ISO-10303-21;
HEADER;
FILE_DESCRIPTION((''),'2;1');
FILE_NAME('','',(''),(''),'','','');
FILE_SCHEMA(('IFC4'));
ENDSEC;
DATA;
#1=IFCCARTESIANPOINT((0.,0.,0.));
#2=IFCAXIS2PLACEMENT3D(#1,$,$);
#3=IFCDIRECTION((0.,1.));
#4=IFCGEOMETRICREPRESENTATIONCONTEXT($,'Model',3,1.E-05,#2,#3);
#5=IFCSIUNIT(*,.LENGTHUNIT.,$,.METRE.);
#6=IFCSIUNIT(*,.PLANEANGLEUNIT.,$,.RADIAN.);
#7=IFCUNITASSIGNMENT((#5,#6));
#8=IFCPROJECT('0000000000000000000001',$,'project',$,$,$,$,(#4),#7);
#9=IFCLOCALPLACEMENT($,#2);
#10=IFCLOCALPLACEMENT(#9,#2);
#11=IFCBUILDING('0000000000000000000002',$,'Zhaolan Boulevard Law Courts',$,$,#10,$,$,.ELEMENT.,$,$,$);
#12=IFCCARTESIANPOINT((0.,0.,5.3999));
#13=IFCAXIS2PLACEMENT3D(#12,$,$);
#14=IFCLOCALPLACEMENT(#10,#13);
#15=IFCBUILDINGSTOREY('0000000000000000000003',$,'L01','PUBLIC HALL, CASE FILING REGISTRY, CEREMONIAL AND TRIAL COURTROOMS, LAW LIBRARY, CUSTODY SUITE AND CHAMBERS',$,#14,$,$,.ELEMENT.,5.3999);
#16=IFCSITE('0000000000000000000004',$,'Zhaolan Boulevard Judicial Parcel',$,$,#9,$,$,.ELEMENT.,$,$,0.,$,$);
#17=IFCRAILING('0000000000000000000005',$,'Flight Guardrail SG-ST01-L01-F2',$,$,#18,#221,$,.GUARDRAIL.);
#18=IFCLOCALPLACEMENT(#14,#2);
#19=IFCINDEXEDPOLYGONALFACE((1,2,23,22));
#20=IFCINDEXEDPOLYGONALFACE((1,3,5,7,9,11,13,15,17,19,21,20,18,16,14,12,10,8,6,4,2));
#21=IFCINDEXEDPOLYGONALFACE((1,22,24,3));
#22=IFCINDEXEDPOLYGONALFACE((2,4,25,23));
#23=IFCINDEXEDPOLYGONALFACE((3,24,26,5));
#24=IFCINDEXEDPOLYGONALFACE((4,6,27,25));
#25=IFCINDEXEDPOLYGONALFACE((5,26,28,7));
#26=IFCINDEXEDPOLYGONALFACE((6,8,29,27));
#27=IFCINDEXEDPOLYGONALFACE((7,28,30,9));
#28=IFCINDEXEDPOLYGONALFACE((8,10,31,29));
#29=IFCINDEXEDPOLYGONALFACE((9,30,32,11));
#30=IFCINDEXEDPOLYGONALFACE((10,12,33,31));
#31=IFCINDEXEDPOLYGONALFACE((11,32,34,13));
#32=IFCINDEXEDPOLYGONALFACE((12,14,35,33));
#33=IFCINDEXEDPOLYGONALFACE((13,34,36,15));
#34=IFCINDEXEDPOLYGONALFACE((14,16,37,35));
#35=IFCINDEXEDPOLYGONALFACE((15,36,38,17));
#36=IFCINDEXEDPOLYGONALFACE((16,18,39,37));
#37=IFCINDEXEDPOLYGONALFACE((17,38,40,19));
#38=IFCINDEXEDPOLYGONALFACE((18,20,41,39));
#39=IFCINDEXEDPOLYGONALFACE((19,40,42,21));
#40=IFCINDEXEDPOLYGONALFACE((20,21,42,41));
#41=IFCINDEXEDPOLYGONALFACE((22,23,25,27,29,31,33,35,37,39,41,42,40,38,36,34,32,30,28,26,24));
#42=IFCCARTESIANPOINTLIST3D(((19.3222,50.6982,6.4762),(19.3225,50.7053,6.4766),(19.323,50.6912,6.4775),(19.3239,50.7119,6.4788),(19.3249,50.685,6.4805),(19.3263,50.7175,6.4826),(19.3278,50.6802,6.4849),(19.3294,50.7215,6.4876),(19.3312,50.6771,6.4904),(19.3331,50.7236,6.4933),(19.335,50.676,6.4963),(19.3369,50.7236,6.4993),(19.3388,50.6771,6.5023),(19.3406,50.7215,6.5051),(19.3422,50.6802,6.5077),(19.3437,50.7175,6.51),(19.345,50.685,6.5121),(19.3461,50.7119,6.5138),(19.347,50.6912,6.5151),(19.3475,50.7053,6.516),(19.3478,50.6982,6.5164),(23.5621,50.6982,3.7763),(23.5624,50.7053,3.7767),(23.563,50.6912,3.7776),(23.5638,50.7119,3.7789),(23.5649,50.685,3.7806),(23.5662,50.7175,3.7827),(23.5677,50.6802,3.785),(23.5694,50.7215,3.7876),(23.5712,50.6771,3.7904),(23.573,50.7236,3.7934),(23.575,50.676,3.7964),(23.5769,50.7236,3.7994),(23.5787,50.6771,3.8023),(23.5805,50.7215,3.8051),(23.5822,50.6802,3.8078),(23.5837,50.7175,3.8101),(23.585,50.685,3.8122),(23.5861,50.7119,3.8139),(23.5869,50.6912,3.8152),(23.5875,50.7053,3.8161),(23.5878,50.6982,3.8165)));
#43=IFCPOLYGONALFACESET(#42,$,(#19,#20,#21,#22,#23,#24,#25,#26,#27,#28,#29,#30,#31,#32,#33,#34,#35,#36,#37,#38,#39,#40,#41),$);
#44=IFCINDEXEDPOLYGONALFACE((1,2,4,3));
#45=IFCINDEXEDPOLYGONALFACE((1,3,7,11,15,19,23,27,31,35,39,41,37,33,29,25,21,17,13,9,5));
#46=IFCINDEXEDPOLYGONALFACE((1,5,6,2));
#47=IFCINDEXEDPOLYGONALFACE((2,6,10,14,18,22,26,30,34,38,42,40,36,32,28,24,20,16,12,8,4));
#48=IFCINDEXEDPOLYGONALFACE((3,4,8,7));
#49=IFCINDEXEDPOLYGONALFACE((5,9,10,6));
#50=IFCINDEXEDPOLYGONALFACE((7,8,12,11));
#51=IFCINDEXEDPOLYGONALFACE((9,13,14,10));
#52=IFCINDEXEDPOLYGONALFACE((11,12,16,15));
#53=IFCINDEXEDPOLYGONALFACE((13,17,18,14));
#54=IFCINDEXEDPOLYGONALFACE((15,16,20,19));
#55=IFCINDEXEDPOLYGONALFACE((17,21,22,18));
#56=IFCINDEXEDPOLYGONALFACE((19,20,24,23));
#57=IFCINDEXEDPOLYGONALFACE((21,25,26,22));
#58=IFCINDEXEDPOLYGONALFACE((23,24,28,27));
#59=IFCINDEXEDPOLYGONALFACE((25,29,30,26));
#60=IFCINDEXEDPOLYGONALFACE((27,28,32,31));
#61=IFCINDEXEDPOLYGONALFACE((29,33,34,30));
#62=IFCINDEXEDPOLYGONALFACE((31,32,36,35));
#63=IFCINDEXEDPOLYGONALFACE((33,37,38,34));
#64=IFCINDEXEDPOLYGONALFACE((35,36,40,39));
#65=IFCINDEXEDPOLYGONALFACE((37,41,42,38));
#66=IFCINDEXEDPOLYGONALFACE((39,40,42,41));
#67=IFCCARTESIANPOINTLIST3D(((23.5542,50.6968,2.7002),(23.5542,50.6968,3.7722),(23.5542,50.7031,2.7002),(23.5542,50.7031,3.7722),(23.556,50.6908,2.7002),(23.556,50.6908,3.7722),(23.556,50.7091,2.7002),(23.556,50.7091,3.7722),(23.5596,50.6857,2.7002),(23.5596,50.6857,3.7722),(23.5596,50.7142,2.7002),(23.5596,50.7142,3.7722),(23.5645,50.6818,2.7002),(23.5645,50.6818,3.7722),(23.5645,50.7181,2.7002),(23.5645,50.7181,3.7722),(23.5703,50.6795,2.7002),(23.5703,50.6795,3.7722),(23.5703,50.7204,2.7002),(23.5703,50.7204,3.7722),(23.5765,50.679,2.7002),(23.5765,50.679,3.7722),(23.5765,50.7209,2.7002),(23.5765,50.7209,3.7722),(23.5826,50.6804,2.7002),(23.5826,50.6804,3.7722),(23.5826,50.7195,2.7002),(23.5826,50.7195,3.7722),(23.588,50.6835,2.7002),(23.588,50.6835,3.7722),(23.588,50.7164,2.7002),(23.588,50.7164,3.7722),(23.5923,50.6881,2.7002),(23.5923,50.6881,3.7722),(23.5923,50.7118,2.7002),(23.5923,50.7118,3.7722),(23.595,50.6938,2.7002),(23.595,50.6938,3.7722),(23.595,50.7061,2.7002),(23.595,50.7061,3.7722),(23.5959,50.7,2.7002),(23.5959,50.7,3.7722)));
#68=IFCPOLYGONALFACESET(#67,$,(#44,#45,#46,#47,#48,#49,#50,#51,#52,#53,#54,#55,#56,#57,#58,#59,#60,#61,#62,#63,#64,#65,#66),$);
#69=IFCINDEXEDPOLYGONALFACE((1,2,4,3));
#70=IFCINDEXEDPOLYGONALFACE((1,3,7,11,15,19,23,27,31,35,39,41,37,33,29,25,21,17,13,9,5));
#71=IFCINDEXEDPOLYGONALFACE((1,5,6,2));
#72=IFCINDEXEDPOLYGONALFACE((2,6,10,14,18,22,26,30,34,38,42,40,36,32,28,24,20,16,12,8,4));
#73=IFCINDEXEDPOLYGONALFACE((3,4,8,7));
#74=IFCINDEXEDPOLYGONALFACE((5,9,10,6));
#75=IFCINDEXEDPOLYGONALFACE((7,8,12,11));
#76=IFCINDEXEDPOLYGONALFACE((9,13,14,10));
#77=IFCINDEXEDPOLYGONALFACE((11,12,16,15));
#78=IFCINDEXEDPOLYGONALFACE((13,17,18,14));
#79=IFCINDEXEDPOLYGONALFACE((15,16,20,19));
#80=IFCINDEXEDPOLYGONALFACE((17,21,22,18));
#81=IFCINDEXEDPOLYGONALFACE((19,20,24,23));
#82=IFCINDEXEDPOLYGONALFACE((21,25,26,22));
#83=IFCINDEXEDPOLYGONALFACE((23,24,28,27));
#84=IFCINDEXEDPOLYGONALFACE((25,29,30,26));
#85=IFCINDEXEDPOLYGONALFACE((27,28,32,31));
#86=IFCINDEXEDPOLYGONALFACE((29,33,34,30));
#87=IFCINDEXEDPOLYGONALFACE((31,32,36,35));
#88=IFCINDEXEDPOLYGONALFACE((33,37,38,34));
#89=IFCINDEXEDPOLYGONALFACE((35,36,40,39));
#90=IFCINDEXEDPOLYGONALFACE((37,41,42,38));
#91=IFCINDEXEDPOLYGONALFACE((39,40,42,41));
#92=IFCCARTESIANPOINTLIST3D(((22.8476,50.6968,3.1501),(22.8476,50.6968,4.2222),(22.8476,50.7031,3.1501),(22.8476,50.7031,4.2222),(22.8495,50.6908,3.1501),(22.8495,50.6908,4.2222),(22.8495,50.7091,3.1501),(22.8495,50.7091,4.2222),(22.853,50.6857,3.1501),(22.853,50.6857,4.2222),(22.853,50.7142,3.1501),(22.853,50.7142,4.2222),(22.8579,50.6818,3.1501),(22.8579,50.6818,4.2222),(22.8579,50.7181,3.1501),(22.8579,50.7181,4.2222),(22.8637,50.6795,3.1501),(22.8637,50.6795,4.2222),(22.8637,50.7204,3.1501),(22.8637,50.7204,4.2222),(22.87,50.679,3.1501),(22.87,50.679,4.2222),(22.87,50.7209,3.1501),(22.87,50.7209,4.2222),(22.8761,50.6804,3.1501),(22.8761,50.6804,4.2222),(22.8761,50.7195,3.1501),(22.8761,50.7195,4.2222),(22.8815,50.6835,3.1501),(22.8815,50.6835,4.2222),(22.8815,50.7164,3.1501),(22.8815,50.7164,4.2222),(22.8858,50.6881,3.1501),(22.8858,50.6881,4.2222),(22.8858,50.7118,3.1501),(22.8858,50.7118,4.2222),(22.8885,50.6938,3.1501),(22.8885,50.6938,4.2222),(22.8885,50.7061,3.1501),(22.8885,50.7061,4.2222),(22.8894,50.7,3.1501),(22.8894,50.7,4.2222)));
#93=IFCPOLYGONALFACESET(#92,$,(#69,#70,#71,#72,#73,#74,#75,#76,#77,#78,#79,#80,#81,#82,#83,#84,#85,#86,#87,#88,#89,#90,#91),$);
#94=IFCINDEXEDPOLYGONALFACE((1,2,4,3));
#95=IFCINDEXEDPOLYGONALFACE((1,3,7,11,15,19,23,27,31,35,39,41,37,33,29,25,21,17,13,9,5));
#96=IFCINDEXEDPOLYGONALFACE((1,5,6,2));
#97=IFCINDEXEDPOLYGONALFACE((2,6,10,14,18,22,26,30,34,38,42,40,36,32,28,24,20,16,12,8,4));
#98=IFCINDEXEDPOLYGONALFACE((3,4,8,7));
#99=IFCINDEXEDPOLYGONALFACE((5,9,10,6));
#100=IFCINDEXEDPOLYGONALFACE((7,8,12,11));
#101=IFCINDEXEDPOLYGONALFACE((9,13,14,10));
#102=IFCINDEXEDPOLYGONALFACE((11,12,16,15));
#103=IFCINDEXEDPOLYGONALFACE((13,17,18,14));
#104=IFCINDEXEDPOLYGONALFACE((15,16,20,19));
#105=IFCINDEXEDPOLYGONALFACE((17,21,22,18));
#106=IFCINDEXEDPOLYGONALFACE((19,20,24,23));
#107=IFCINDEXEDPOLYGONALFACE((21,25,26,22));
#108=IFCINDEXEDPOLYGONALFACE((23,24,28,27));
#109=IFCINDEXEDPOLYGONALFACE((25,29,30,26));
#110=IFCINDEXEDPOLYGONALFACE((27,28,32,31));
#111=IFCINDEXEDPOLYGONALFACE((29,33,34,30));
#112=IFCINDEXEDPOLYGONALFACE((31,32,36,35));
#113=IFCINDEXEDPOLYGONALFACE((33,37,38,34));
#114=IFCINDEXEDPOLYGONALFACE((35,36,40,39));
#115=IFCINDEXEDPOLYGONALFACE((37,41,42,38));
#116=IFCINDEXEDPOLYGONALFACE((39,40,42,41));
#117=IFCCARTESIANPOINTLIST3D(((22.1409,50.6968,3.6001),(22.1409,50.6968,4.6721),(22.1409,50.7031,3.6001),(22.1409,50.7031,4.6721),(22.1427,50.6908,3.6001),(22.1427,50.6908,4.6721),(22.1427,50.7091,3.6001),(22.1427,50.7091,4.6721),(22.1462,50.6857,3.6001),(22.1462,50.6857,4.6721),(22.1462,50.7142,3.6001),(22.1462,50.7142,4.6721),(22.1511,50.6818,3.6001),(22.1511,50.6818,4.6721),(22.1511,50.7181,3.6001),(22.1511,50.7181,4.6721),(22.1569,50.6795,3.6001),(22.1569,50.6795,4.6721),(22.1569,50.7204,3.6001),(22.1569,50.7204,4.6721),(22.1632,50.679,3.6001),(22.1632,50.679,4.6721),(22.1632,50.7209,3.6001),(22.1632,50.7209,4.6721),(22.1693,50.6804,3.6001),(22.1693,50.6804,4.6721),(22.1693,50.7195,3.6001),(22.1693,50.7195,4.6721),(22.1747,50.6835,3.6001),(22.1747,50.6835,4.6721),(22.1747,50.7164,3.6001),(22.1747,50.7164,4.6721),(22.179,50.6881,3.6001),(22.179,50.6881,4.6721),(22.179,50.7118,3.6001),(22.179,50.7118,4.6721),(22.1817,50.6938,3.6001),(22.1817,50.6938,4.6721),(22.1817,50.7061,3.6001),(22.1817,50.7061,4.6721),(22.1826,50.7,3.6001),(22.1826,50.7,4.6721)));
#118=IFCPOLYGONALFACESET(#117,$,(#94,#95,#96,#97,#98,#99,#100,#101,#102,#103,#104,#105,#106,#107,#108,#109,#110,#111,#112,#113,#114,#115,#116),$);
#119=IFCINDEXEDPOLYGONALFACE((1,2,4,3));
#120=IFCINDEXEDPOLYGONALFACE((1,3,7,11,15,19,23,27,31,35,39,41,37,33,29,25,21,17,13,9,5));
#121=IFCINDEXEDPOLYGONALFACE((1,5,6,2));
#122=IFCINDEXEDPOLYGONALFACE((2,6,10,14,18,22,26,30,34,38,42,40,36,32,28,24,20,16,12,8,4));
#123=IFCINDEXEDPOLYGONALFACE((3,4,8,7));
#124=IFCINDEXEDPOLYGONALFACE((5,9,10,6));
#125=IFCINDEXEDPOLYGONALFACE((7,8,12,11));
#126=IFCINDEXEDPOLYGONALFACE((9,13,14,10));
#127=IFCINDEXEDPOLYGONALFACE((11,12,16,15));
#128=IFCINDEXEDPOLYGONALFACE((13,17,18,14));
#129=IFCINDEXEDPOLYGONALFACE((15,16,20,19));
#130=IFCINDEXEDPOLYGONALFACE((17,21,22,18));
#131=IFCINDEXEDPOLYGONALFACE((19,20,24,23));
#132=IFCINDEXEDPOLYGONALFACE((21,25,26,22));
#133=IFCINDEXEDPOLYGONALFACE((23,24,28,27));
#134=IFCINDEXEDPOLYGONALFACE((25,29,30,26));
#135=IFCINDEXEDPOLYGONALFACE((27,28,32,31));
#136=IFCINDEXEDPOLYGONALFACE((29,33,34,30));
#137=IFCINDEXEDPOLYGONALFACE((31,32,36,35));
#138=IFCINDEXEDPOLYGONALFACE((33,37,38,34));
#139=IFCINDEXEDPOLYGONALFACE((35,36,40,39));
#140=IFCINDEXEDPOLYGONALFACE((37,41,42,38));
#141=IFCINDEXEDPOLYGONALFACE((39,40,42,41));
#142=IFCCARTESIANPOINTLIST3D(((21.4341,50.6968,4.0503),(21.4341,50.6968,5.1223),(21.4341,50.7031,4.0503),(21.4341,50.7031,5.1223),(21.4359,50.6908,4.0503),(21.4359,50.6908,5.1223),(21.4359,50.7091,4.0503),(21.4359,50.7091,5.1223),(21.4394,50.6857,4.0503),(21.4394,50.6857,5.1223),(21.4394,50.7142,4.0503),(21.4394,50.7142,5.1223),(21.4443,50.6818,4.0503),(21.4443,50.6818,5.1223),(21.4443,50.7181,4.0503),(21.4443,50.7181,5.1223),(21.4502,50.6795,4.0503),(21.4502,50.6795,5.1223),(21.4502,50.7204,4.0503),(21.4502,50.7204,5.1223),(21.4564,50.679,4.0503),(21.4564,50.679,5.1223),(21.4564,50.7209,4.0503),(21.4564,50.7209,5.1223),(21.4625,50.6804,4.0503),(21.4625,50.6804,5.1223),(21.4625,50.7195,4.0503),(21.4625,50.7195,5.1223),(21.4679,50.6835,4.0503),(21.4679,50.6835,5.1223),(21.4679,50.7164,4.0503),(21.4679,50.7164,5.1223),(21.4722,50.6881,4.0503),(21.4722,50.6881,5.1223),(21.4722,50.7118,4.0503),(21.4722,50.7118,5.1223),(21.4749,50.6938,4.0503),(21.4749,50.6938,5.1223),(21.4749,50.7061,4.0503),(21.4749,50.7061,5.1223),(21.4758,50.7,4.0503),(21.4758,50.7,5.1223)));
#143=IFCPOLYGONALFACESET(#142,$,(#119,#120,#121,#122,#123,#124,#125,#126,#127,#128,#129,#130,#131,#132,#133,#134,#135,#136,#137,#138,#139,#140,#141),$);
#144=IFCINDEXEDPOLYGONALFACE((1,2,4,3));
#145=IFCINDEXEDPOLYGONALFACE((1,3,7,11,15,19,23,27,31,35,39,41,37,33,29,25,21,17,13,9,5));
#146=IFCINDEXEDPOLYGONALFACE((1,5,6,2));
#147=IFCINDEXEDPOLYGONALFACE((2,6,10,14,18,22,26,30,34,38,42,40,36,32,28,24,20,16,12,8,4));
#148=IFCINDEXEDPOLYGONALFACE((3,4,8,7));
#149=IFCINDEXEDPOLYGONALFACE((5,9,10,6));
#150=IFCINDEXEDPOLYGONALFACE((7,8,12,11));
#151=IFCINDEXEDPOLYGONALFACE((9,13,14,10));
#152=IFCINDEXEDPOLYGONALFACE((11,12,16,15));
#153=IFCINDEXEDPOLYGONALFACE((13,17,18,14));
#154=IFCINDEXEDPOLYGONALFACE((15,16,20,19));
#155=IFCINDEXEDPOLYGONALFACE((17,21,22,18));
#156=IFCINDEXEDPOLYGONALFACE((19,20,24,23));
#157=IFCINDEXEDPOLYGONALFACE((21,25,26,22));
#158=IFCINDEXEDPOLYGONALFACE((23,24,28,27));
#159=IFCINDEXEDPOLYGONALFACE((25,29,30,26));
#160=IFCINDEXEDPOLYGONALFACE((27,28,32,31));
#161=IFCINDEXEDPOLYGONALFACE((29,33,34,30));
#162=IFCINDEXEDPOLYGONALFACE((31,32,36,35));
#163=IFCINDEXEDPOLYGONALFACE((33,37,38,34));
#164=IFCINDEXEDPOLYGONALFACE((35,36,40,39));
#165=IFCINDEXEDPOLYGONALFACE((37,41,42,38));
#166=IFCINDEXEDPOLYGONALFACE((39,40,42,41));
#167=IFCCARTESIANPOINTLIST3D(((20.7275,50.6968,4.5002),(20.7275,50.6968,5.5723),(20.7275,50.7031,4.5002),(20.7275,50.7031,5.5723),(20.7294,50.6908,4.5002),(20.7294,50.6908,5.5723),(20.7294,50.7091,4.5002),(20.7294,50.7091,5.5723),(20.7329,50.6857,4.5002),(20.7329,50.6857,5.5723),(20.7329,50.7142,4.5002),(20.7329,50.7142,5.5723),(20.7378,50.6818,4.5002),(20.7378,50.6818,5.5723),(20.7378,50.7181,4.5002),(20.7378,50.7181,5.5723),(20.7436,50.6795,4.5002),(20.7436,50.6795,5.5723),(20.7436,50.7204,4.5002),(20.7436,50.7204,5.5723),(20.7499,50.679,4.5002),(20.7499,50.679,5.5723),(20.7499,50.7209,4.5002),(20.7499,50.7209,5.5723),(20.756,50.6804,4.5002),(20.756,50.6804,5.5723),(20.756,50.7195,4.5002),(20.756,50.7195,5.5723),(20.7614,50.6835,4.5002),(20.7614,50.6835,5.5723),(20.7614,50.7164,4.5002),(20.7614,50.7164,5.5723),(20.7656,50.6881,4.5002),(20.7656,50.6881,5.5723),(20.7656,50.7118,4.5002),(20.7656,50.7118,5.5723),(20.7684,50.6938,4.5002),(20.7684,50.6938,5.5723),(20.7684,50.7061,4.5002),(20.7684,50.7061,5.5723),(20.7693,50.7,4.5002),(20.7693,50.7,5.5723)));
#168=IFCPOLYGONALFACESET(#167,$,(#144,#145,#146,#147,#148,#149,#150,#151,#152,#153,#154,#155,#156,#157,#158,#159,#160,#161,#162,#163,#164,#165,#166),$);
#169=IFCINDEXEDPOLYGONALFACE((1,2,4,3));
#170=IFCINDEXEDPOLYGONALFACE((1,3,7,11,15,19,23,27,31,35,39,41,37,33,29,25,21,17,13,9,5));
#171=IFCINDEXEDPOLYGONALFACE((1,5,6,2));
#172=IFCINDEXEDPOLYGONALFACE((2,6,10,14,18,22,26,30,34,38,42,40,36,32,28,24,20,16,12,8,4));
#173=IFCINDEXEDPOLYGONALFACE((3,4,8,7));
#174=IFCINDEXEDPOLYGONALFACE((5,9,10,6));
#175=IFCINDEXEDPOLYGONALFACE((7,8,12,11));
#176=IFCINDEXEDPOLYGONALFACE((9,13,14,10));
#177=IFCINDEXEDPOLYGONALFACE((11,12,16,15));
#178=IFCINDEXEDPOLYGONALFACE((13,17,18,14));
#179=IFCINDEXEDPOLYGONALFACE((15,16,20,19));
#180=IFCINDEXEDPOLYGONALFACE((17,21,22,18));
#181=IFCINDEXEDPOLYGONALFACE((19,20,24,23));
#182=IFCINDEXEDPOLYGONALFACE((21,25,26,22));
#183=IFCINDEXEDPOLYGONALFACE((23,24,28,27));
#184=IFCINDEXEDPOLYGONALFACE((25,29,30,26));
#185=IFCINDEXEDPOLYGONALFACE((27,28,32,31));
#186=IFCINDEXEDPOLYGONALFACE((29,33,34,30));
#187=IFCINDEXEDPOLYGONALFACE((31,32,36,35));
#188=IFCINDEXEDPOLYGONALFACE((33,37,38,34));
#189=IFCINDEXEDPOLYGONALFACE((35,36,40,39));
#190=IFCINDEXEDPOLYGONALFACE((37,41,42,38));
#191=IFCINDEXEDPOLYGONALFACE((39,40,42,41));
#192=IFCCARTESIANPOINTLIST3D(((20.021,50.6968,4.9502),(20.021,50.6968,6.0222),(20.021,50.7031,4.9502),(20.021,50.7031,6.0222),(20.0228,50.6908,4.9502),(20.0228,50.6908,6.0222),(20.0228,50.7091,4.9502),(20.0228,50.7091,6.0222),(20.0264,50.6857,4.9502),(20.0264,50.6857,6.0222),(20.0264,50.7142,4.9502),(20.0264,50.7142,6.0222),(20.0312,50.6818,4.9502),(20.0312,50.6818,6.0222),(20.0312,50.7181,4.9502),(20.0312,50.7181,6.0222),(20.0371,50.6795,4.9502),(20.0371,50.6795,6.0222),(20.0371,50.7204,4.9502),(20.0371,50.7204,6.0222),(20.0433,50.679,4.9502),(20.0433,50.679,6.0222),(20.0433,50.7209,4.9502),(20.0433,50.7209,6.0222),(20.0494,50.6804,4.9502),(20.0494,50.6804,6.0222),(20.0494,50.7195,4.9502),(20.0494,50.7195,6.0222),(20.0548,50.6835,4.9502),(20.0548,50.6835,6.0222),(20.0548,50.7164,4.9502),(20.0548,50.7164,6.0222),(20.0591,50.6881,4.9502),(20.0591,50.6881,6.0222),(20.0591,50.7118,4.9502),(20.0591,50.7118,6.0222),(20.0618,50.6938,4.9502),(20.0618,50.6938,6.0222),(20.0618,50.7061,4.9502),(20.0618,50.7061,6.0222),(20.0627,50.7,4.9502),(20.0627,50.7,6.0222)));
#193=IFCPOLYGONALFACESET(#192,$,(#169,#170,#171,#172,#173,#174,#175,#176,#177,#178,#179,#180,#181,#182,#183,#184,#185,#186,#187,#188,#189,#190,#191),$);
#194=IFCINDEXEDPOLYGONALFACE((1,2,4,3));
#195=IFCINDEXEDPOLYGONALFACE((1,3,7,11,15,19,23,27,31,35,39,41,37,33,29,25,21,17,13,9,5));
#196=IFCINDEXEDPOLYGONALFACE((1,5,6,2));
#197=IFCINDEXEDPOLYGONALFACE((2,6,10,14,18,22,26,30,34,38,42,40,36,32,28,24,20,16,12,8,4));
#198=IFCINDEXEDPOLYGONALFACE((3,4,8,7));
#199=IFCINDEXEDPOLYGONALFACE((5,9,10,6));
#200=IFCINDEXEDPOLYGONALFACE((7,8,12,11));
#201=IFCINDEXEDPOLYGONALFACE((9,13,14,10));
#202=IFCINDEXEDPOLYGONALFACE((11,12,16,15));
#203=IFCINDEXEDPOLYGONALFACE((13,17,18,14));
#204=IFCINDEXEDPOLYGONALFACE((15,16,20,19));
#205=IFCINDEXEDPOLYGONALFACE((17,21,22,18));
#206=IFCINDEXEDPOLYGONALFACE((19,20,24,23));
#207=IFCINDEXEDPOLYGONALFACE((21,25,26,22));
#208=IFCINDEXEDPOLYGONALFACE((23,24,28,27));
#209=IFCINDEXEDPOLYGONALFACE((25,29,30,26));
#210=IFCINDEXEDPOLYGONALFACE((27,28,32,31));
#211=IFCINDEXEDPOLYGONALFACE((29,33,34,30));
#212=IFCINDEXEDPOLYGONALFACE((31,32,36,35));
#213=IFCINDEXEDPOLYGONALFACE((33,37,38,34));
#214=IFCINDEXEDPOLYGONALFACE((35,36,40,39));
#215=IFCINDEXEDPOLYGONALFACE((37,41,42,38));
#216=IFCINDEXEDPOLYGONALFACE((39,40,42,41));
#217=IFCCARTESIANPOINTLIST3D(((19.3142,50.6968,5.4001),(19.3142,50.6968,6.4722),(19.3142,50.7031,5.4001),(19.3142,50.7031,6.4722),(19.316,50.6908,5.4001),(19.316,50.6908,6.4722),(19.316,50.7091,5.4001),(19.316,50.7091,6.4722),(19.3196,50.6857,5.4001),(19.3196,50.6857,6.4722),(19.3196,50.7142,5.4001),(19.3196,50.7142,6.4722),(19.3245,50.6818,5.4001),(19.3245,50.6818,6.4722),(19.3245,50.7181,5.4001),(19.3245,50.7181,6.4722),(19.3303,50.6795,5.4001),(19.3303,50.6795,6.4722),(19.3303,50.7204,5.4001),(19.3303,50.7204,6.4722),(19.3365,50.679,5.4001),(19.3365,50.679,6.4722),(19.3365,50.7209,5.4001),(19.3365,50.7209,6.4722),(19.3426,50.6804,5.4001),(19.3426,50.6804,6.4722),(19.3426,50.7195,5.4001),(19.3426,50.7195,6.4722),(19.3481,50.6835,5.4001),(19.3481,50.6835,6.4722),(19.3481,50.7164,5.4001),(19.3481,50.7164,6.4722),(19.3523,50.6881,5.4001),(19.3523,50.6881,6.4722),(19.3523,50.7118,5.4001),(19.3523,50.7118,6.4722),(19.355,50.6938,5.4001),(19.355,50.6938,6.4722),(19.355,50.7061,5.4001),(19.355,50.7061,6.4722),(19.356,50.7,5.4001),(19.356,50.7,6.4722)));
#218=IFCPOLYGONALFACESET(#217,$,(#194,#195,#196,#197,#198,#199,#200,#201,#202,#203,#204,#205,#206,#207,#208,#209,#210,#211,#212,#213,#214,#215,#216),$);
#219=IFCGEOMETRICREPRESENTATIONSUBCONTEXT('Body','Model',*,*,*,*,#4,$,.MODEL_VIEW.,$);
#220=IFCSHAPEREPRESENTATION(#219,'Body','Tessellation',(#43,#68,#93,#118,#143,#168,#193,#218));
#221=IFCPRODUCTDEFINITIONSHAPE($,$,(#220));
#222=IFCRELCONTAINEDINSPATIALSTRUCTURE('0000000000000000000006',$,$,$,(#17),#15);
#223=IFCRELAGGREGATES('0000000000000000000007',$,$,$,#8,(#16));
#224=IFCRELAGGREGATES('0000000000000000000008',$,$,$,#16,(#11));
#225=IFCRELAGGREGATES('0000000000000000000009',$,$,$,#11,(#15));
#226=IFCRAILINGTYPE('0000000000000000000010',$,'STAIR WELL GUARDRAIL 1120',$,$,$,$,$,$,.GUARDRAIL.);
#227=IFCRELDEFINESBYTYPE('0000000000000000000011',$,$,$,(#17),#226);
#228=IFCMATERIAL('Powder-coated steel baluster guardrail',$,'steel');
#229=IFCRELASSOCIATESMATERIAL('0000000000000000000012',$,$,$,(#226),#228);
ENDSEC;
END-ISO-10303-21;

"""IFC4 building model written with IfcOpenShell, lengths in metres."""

from ifc_helpers import new_model, si_unit, direction, frame, origin, origin_2d, place, context, subcontext, project, spatial, circle, extrude, material, type_object, element, save


model = new_model("IFC4")

# Units and contexts
model_context = context("Model", 3, precision=1e-05, world=origin(), true_north=direction((0.0, 1.0)))
body_context = subcontext(model_context, "Body", "Model", "MODEL_VIEW")
ifc_project = project(units=[si_unit("LENGTHUNIT", "METRE"), si_unit("PLANEANGLEUNIT", "RADIAN")], contexts=[model_context])

# Site, building, storey
site_placement = place(None, origin())
site = spatial("IfcSite", under=ifc_project, at=site_placement, Name="Zhaolan Boulevard Judicial Parcel", CompositionType="ELEMENT", RefElevation=0.0)
building_placement = place(site_placement, origin())
building = spatial("IfcBuilding", under=site, at=building_placement, Name="Zhaolan Boulevard Law Courts", CompositionType="ELEMENT")
storey_placement = place(building_placement, frame((0.0, 0.0, 5.3999)))
storey = spatial("IfcBuildingStorey", under=building, at=storey_placement, Name="L01", Description="PUBLIC HALL, CASE FILING REGISTRY, CEREMONIAL AND TRIAL COURTROOMS, LAW LIBRARY, CUSTODY SUITE AND CHAMBERS", CompositionType="ELEMENT", Elevation=5.3999)

# Railing
ifc_material_1 = material(Name="Powder-coated steel baluster guardrail", Category="steel")
railing_type_1 = type_object("IfcRailingType", Name="STAIR WELL GUARDRAIL 1120", PredefinedType="GUARDRAIL", material=ifc_material_1)
railing_1_placement = place(storey_placement, frame((23.575, 50.7, 2.7002)))
element("IfcRailing", 1, at=railing_1_placement, inside=storey, type_object=railing_type_1, Name="Flight Guardrail SG-ST01-L01-F2", PredefinedType="GUARDRAIL", context=body_context, shape_type="SweptSolid", body=[
    extrude(circle(Radius=0.0239, at=origin_2d()), frame((0.0, 0.0, 1.0962), z_axis=(-0.843501, 0.0, 0.537127), x_axis=(0.0, -1.0, 0.0)), (0.0, 0.0, 1.0), 5.0266),
    extrude(circle(Radius=0.021, at=origin_2d()), origin(), (0.0, 0.0, 1.0), 1.072),
    extrude(circle(Radius=0.021, at=origin_2d()), frame((-0.7065, 0.0, 0.45)), (0.0, 0.0, 1.0), 1.072),
    extrude(circle(Radius=0.021, at=origin_2d()), frame((-1.4133, 0.0, 0.8999)), (0.0, 0.0, 1.0), 1.072),
    extrude(circle(Radius=0.021, at=origin_2d()), frame((-2.1201, 0.0, 1.3501)), (0.0, 0.0, 1.0), 1.072),
    extrude(circle(Radius=0.021, at=origin_2d()), frame((-2.8267, 0.0, 1.8)), (0.0, 0.0, 1.0), 1.072),
    extrude(circle(Radius=0.021, at=origin_2d()), frame((-3.5332, 0.0, 2.25)), (0.0, 0.0, 1.0), 1.072),
    extrude(circle(Radius=0.021, at=origin_2d()), frame((-4.24, 0.0, 2.7)), (0.0, 0.0, 1.0), 1.072),
])

save(model, "model.ifc")
